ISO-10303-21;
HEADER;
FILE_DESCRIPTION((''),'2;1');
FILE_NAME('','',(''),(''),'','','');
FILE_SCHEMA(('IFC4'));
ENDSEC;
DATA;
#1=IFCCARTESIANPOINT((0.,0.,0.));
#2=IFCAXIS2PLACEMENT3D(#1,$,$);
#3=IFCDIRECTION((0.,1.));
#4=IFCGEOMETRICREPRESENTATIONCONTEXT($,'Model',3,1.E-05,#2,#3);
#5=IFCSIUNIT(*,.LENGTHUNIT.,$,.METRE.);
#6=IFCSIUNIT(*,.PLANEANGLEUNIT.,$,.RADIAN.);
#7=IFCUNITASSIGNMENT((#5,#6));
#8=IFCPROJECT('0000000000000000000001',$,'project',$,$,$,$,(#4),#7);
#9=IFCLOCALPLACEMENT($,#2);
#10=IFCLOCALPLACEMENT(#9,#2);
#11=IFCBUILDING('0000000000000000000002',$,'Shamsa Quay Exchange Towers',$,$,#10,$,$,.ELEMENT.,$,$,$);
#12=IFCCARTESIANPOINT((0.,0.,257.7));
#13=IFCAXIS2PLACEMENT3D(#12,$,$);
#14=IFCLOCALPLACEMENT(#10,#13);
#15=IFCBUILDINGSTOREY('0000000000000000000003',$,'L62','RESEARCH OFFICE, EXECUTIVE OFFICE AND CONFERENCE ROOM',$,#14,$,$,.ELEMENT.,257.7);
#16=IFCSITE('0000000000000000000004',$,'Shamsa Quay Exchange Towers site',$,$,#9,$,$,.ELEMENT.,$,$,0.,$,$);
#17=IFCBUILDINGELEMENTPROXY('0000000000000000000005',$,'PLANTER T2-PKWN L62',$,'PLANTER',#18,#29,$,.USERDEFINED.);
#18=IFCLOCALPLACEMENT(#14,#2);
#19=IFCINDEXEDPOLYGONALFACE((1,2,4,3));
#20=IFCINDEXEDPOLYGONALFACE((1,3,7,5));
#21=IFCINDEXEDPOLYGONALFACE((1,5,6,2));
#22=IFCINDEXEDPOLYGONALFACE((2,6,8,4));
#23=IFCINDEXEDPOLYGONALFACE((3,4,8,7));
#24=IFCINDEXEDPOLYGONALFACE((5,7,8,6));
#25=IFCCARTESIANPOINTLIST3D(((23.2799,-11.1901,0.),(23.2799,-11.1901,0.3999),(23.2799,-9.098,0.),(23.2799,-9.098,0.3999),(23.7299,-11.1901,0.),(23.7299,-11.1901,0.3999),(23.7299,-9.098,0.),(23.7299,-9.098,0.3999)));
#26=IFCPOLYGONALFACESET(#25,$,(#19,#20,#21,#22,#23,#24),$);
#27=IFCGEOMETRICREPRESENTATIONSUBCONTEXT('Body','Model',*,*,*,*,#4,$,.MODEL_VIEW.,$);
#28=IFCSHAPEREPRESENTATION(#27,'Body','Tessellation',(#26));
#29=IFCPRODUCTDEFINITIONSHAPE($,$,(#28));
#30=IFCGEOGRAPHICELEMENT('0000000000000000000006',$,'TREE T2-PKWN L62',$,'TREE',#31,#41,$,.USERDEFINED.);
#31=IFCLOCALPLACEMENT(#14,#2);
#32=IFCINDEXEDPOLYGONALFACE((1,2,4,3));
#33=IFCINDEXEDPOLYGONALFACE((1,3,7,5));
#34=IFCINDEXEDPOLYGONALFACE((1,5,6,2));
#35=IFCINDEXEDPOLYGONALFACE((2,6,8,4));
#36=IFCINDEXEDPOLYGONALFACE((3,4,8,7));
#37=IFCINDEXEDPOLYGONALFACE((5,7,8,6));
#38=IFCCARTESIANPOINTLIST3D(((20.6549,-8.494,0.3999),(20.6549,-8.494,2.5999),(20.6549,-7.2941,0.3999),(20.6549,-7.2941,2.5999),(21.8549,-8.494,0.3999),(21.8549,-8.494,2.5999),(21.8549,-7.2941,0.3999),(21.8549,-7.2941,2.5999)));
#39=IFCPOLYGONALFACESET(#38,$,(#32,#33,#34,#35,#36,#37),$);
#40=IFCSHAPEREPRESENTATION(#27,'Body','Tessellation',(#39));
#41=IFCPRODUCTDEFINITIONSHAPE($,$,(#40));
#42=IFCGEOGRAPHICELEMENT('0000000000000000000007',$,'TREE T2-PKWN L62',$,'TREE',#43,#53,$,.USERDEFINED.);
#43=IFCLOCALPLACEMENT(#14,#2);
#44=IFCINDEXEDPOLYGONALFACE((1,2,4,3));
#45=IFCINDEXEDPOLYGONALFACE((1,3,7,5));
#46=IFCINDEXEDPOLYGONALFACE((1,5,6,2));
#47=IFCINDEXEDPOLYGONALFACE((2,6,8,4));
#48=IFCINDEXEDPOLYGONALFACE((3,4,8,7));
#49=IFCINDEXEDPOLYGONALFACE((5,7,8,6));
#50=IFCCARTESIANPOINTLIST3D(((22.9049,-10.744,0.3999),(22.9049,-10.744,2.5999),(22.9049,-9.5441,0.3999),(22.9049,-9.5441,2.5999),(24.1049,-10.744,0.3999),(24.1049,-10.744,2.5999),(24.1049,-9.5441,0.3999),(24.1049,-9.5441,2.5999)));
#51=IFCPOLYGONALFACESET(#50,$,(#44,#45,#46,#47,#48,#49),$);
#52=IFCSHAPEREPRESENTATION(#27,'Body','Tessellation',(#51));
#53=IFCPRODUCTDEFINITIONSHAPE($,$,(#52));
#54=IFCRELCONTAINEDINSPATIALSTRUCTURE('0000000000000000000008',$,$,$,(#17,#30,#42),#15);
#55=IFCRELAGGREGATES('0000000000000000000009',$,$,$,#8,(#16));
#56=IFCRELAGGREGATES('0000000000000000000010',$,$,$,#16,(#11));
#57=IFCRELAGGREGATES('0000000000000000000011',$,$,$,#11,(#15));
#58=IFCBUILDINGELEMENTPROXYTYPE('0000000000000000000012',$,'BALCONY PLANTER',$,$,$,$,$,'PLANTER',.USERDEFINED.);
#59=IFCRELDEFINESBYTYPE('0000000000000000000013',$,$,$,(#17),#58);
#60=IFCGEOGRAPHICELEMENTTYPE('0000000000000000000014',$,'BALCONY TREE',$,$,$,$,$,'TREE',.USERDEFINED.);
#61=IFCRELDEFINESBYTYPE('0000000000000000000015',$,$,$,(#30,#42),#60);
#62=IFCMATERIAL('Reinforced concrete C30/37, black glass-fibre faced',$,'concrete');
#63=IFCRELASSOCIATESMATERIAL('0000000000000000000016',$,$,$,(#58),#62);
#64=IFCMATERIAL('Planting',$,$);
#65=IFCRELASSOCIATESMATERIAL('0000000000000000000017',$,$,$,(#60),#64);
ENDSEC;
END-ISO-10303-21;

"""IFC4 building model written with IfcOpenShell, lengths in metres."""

from ifc_helpers import new_model, si_unit, direction, frame, origin, origin_2d, place, context, subcontext, project, spatial, rectangle, extrude, material, type_object, element, save


model = new_model("IFC4")

# Units and contexts
model_context = context("Model", 3, precision=1e-05, world=origin(), true_north=direction((0.0, 1.0)))
body_context = subcontext(model_context, "Body", "Model", "MODEL_VIEW")
ifc_project = project(units=[si_unit("LENGTHUNIT", "METRE"), si_unit("PLANEANGLEUNIT", "RADIAN")], contexts=[model_context])

# Site, building, storey
site_placement = place(None, origin())
site = spatial("IfcSite", under=ifc_project, at=site_placement, Name="Shamsa Quay Exchange Towers site", CompositionType="ELEMENT", RefElevation=0.0)
building_placement = place(site_placement, origin())
building = spatial("IfcBuilding", under=site, at=building_placement, Name="Shamsa Quay Exchange Towers", CompositionType="ELEMENT")
storey_placement = place(building_placement, frame((0.0, 0.0, 257.7)))
storey = spatial("IfcBuildingStorey", under=building, at=storey_placement, Name="L62", Description="RESEARCH OFFICE, EXECUTIVE OFFICE AND CONFERENCE ROOM", CompositionType="ELEMENT", Elevation=257.7)

# Building element proxy
ifc_material_1 = material(Name="Reinforced concrete C30/37, black glass-fibre faced", Category="concrete")
building_element_proxy_type = type_object("IfcBuildingElementProxyType", Name="BALCONY PLANTER", ElementType="PLANTER", PredefinedType="USERDEFINED", material=ifc_material_1)
for number, where, z_axis, x_axis, name in (
    (1, (23.5049, -10.144, 0.0), (0.0, 0.0, 1.0), (0.0, -1.0, 0.0), "PLANTER T2-PKWN L62"),
):
    element("IfcBuildingElementProxy", number, at=place(storey_placement, frame(where, z_axis=z_axis, x_axis=x_axis)), inside=storey, type_object=building_element_proxy_type, Name=name, ObjectType="PLANTER", PredefinedType="USERDEFINED", context=body_context, shape_type="SweptSolid", body=[
        extrude(rectangle(XDim=2.092, YDim=0.45, at=origin_2d()), origin(), (0.0, 0.0, 1.0), 0.3999),
    ])

# Geographic elements
ifc_material_2 = material(Name="Planting")
geographic_element_type = type_object("IfcGeographicElementType", Name="BALCONY TREE", ElementType="TREE", PredefinedType="USERDEFINED", material=ifc_material_2)
for number, where, z_axis, x_axis, name in (
    (2, (21.2549, -7.894, 0.3999), (0.0, 0.0, 1.0), (0.0, -1.0, 0.0), "TREE T2-PKWN L62"),
    (3, (23.5049, -10.144, 0.3999), (0.0, 0.0, 1.0), (0.0, -1.0, 0.0), "TREE T2-PKWN L62"),
):
    element("IfcGeographicElement", number, at=place(storey_placement, frame(where, z_axis=z_axis, x_axis=x_axis)), inside=storey, type_object=geographic_element_type, Name=name, ObjectType="TREE", PredefinedType="USERDEFINED", context=body_context, shape_type="SweptSolid", body=[
        extrude(rectangle(XDim=1.2, YDim=1.2, at=origin_2d()), origin(), (0.0, 0.0, 1.0), 2.2),
    ])

save(model, "model.ifc")
